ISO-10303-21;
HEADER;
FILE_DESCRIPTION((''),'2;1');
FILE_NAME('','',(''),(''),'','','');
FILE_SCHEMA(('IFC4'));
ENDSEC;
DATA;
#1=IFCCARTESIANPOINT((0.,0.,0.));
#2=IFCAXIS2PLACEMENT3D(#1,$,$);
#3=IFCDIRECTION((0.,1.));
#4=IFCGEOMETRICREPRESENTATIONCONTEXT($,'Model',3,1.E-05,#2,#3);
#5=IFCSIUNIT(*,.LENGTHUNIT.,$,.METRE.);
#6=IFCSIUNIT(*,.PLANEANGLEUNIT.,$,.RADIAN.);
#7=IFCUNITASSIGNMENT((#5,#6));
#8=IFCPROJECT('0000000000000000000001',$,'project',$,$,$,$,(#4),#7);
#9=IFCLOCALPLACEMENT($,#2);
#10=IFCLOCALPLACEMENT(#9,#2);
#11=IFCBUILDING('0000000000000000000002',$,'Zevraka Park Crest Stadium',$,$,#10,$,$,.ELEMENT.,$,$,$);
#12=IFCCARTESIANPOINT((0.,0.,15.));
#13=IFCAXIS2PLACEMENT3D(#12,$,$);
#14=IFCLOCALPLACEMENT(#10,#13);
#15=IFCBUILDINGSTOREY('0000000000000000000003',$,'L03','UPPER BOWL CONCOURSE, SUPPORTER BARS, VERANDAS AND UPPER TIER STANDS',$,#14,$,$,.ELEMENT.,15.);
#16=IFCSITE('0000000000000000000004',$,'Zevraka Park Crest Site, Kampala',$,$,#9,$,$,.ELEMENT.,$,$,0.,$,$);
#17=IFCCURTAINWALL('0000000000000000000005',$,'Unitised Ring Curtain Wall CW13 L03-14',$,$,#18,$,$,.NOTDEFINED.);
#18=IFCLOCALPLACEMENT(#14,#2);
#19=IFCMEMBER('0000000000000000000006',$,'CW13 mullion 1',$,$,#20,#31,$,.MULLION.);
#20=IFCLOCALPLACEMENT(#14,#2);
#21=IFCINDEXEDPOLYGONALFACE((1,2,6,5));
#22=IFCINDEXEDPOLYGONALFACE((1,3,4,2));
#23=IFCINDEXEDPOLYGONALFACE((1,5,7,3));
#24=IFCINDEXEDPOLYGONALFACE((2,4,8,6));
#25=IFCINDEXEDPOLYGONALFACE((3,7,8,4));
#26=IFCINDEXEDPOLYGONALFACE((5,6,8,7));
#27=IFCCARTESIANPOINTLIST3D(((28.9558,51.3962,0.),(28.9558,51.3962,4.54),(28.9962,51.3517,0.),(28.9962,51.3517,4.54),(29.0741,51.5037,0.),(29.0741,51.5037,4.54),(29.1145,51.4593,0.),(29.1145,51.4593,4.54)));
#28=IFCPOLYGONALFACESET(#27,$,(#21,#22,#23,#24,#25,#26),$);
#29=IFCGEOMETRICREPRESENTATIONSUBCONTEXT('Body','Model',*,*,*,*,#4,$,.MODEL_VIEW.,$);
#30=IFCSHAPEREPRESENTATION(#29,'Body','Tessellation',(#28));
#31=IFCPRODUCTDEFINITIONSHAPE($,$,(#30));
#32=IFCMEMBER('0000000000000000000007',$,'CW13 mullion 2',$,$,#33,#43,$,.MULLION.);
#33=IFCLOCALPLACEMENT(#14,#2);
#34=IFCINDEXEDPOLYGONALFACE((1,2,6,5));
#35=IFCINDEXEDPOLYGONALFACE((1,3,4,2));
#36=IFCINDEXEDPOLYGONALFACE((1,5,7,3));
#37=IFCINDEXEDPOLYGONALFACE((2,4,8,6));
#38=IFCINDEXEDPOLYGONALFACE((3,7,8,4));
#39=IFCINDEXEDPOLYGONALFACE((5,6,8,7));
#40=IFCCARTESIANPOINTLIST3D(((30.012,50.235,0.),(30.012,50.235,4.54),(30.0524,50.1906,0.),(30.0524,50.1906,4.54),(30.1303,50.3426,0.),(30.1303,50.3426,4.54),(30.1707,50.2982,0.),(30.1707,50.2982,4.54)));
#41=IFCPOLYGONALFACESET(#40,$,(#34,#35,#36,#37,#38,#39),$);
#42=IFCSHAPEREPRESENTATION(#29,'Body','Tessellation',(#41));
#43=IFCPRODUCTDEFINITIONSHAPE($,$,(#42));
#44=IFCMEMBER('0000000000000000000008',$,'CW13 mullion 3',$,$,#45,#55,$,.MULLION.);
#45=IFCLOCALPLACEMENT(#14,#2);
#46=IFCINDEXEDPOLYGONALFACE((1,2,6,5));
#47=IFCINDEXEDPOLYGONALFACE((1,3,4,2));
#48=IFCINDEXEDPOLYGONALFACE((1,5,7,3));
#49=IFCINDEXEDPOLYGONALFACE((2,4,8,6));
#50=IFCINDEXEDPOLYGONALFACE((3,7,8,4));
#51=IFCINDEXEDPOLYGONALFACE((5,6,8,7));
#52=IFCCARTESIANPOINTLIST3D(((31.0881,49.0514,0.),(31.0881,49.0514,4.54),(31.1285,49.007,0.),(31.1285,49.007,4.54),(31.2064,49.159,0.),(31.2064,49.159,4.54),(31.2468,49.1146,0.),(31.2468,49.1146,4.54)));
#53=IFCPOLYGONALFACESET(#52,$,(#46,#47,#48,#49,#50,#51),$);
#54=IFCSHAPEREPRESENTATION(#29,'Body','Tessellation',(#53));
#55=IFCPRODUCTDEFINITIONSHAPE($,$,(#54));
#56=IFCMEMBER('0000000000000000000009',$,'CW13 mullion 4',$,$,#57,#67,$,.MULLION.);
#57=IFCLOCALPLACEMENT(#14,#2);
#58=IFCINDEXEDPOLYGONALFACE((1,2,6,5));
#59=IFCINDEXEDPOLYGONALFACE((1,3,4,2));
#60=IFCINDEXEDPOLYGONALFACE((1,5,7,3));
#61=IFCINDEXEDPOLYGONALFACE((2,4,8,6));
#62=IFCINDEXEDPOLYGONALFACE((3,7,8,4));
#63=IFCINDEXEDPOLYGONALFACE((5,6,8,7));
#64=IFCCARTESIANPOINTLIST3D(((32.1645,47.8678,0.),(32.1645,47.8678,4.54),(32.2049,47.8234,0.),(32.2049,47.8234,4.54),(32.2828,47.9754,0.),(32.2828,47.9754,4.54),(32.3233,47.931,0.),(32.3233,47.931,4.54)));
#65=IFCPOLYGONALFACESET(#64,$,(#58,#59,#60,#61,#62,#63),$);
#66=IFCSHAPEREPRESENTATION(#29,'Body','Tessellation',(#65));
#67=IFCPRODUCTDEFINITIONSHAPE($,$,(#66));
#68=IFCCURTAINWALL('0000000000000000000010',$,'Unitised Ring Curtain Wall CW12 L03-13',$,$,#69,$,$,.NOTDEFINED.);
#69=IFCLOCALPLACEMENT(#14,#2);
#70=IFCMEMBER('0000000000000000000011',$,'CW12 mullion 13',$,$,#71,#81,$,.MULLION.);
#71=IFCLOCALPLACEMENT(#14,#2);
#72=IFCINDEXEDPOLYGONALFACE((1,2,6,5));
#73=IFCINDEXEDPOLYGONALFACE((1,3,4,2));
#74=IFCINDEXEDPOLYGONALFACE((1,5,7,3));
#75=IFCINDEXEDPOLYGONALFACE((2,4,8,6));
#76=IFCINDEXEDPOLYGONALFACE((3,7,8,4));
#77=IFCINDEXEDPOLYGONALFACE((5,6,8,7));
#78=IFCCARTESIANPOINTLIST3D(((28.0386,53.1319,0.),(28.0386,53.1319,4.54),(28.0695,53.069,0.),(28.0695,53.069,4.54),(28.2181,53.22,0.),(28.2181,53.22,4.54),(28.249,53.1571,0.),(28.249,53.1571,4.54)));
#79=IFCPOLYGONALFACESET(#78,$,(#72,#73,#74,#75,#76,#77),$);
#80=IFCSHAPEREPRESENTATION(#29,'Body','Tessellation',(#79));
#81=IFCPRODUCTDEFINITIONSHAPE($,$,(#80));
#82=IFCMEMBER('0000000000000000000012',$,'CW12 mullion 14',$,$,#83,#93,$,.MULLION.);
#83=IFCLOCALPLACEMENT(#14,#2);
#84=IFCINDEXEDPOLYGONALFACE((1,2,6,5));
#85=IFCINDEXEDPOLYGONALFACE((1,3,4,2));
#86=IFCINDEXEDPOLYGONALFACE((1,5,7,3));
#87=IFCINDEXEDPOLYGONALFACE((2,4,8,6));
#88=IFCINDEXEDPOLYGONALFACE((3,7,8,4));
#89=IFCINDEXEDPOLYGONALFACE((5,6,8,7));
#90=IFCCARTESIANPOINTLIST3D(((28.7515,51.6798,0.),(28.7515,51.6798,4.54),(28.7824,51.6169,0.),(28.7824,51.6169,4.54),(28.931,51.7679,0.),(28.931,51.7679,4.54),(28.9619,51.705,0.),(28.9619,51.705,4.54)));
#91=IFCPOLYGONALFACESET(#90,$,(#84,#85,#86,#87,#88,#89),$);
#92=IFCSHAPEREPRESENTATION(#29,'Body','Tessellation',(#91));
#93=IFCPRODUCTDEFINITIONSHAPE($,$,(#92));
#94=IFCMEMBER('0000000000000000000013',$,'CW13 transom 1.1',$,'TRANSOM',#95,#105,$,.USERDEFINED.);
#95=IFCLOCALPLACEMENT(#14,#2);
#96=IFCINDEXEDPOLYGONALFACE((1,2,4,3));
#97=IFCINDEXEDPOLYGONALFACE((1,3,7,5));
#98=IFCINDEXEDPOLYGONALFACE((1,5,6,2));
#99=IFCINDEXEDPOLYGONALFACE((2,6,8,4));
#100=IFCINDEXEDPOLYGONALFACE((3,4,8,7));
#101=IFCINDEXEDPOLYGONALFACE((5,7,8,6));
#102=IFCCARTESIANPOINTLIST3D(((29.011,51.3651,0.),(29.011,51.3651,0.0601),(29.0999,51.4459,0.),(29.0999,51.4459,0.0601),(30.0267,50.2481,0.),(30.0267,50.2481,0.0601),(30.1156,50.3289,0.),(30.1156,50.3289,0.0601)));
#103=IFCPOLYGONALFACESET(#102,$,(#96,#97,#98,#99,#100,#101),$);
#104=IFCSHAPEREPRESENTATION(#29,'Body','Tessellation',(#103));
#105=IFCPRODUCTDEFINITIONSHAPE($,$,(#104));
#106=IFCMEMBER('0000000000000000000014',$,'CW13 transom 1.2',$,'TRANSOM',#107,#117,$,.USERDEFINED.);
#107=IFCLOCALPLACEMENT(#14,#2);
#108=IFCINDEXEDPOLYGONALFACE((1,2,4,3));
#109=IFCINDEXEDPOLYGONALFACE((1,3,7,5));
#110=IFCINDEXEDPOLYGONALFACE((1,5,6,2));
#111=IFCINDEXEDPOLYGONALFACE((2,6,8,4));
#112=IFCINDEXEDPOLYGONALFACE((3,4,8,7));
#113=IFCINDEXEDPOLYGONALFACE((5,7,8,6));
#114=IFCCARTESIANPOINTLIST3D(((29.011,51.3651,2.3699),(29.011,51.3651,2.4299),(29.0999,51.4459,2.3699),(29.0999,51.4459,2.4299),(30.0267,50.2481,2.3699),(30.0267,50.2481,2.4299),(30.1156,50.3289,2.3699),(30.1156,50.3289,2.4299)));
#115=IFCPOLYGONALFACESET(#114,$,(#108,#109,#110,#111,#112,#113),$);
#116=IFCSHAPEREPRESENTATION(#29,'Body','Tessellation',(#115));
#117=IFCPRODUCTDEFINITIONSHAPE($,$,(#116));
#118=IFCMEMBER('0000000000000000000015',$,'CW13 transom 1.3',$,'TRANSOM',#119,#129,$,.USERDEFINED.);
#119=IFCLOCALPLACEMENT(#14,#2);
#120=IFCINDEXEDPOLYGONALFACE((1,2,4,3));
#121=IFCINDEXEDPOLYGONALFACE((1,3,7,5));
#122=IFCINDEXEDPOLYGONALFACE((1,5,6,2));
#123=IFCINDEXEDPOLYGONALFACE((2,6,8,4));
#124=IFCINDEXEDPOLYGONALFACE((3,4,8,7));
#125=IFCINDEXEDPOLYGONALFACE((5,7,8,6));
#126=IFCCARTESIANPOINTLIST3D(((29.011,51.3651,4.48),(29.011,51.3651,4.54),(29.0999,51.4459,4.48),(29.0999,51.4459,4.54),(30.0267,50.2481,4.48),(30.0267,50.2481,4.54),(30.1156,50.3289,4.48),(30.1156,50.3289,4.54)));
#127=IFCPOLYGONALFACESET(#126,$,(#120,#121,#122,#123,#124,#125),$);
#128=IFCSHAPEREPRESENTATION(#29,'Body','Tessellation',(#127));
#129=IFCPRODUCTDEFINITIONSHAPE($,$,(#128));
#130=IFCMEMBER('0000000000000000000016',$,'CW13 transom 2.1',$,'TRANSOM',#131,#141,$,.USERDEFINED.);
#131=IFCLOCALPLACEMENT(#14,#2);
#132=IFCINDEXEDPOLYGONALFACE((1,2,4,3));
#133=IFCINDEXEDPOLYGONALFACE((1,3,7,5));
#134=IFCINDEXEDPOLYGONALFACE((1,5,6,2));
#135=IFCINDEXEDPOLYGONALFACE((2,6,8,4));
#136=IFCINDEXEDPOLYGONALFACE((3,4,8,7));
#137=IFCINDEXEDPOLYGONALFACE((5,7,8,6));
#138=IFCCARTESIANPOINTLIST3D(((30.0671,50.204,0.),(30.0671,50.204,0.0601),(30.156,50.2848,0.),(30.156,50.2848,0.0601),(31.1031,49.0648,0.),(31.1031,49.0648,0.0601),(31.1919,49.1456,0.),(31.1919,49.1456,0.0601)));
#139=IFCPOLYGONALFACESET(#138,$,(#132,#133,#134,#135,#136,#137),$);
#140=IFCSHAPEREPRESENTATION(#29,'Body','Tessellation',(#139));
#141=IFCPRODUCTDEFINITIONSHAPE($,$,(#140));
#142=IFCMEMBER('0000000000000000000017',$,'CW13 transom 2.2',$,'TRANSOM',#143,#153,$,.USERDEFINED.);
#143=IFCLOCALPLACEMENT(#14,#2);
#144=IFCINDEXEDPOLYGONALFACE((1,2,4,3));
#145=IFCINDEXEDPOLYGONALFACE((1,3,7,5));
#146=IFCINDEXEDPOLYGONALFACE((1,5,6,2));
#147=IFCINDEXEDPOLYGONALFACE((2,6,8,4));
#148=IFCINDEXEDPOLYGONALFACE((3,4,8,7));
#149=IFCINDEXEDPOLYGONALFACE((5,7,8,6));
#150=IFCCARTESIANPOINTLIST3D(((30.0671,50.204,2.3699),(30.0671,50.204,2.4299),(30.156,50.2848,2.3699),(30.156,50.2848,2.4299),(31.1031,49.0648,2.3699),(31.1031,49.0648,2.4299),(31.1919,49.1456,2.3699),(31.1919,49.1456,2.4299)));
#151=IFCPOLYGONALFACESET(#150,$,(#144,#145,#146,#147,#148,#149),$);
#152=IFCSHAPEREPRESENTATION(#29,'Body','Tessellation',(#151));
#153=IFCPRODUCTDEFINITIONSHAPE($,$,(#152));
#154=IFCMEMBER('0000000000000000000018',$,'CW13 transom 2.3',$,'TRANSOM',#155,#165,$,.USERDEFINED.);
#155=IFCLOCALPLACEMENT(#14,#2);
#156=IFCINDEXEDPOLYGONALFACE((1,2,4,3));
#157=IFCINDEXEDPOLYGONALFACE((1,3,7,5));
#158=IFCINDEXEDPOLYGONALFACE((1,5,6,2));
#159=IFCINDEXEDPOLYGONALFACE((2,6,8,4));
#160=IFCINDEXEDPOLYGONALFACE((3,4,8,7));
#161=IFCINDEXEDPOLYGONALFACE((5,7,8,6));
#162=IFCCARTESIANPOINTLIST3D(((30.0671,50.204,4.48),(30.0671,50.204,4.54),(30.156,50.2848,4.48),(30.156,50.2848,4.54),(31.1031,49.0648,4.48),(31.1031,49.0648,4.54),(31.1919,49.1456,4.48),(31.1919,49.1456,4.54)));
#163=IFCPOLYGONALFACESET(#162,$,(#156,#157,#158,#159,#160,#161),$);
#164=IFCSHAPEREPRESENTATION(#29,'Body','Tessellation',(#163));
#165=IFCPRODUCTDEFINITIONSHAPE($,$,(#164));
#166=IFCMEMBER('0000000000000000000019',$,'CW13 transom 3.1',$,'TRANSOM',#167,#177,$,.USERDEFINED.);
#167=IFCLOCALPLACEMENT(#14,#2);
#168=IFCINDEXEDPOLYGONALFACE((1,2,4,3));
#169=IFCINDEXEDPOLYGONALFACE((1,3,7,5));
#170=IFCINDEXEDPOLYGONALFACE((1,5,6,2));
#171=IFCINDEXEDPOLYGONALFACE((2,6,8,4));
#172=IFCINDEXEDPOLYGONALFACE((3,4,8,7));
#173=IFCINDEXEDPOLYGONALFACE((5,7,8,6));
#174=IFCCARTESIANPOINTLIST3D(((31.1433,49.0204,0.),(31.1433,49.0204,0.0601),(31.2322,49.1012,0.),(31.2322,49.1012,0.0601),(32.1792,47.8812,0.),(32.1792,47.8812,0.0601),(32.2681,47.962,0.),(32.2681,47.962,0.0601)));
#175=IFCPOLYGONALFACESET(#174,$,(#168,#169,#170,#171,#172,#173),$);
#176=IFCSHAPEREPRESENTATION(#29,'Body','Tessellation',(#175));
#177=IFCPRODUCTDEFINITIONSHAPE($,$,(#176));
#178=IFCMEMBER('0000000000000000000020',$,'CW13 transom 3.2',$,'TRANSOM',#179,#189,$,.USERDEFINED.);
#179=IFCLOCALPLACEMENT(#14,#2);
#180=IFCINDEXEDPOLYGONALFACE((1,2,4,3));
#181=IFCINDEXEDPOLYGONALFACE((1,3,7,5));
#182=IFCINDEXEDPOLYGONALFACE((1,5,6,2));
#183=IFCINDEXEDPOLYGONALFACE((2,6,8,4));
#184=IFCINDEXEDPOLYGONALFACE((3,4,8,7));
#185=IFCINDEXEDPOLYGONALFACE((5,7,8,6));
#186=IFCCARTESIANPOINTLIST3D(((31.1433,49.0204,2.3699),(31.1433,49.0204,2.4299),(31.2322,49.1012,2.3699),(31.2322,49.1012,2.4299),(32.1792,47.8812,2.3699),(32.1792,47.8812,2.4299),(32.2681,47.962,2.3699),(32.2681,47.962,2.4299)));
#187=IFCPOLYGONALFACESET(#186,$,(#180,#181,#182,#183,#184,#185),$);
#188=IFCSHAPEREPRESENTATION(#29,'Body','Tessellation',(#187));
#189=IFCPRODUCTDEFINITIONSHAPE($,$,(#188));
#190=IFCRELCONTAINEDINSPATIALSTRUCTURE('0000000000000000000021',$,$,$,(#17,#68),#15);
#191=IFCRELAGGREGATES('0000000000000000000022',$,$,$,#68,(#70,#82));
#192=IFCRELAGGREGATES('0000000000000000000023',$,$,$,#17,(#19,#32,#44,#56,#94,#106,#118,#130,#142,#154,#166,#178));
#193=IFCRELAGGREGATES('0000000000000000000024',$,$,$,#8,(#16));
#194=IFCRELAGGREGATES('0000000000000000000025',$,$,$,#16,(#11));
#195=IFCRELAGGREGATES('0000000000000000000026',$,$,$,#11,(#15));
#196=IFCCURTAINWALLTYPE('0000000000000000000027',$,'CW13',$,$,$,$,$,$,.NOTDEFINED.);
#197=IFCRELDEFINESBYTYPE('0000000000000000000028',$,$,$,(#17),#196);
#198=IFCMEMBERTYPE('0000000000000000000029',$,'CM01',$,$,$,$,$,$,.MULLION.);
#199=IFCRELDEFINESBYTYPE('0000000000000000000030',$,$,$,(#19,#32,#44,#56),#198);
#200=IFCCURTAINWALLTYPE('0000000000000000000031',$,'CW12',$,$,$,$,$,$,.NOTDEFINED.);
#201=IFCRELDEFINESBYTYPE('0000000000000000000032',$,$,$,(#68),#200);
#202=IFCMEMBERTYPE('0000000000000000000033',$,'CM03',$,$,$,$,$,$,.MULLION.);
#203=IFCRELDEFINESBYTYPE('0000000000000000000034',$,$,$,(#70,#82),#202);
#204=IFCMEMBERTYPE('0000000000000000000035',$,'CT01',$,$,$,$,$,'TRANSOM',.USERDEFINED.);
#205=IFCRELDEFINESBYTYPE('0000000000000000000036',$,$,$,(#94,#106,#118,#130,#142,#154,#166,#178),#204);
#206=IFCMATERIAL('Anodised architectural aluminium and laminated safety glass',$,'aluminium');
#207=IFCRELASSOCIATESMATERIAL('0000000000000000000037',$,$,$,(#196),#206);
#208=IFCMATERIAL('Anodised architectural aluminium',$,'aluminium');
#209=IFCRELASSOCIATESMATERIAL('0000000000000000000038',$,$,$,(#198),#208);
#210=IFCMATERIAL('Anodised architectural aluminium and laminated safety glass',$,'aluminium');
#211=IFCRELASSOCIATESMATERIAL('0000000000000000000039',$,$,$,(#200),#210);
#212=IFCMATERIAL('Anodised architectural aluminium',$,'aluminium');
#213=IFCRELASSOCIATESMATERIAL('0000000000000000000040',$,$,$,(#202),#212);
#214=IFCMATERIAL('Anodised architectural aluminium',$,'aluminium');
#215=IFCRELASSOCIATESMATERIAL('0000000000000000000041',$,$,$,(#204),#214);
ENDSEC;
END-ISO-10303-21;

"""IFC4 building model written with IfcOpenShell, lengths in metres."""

from ifc_helpers import new_model, si_unit, direction, frame, origin, origin_2d, place, context, subcontext, project, spatial, rectangle, extrude, material, material_profile, profile_set, type_object, element, aggregate, save


model = new_model("IFC4")

# Units and contexts
model_context = context("Model", 3, precision=1e-05, world=origin(), true_north=direction((0.0, 1.0)))
body_context = subcontext(model_context, "Body", "Model", "MODEL_VIEW")
ifc_project = project(units=[si_unit("LENGTHUNIT", "METRE"), si_unit("PLANEANGLEUNIT", "RADIAN")], contexts=[model_context])

# Site, building, storey
site_placement = place(None, origin())
site = spatial("IfcSite", under=ifc_project, at=site_placement, Name="Zevraka Park Crest Site, Kampala", CompositionType="ELEMENT", RefElevation=0.0)
building_placement = place(site_placement, origin())
building = spatial("IfcBuilding", under=site, at=building_placement, Name="Zevraka Park Crest Stadium", CompositionType="ELEMENT")
storey_placement = place(building_placement, frame((0.0, 0.0, 15.0)))
storey = spatial("IfcBuildingStorey", under=building, at=storey_placement, Name="L03", Description="UPPER BOWL CONCOURSE, SUPPORTER BARS, VERANDAS AND UPPER TIER STANDS", CompositionType="ELEMENT", Elevation=15.0)

# Curtain walls, members
ifc_material_1 = material(Name="Anodised architectural aluminium and laminated safety glass", Category="aluminium")
curtain_wall_type_1 = type_object("IfcCurtainWallType", Name="CW13", PredefinedType="NOTDEFINED", material=ifc_material_1)
curtain_wall_1_placement = place(storey_placement, origin())
curtain_wall_1 = element("IfcCurtainWall", 1, at=curtain_wall_1_placement, inside=storey, type_object=curtain_wall_type_1, Name="Unitised Ring Curtain Wall CW13 L03-14", PredefinedType="NOTDEFINED")
ifc_material_2 = material(Name="Anodised architectural aluminium", Category="aluminium")
ifc_material_profile_1 = material_profile(ifc_material_2, rectangle(XDim=0.1599, YDim=0.0601, at=origin_2d()), Name="ALU MULLION 160x60")
ifc_profile_set_1 = profile_set([ifc_material_profile_1], Name="Anodised architectural aluminium")
member_type_1 = type_object("IfcMemberType", Name="CM01", PredefinedType="MULLION", material=ifc_profile_set_1)
member_1_placement = place(storey_placement, frame((29.0352, 51.4277, 0.0), z_axis=(0.0, 0.0, 1.0), x_axis=(0.739823, 0.672802, 0.0)))
member_1 = element("IfcMember", 2, at=member_1_placement, type_object=member_type_1, Name="CW13 mullion 1", PredefinedType="MULLION", context=body_context, shape_type="SweptSolid", body=[
    extrude(rectangle(XDim=0.1599, YDim=0.0601, at=origin_2d()), origin(), (0.0, 0.0, 1.0), 4.54),
])
member_2_placement = place(storey_placement, frame((30.0913, 50.2666, 0.0), z_axis=(0.0, 0.0, 1.0), x_axis=(0.739823, 0.672802, 0.0)))
member_2 = element("IfcMember", 3, at=member_2_placement, type_object=member_type_1, Name="CW13 mullion 2", PredefinedType="MULLION", context=body_context, shape_type="SweptSolid", body=[
    extrude(rectangle(XDim=0.1599, YDim=0.0601, at=origin_2d()), origin(), (0.0, 0.0, 1.0), 4.54),
])
member_3_placement = place(storey_placement, frame((31.1675, 49.083, 0.0), z_axis=(0.0, 0.0, 1.0), x_axis=(0.739823, 0.672802, 0.0)))
member_3 = element("IfcMember", 4, at=member_3_placement, type_object=member_type_1, Name="CW13 mullion 3", PredefinedType="MULLION", context=body_context, shape_type="SweptSolid", body=[
    extrude(rectangle(XDim=0.1599, YDim=0.0601, at=origin_2d()), origin(), (0.0, 0.0, 1.0), 4.54),
])
member_4_placement = place(storey_placement, frame((32.2439, 47.8994, 0.0), z_axis=(0.0, 0.0, 1.0), x_axis=(0.739823, 0.672802, 0.0)))
member_4 = element("IfcMember", 5, at=member_4_placement, type_object=member_type_1, Name="CW13 mullion 4", PredefinedType="MULLION", context=body_context, shape_type="SweptSolid", body=[
    extrude(rectangle(XDim=0.1599, YDim=0.0601, at=origin_2d()), origin(), (0.0, 0.0, 1.0), 4.54),
])
ifc_material_3 = material(Name="Anodised architectural aluminium and laminated safety glass", Category="aluminium")
curtain_wall_type_2 = type_object("IfcCurtainWallType", Name="CW12", PredefinedType="NOTDEFINED", material=ifc_material_3)
curtain_wall_2_placement = place(storey_placement, origin())
curtain_wall_2 = element("IfcCurtainWall", 6, at=curtain_wall_2_placement, inside=storey, type_object=curtain_wall_type_2, Name="Unitised Ring Curtain Wall CW12 L03-13", PredefinedType="NOTDEFINED")
ifc_material_4 = material(Name="Anodised architectural aluminium", Category="aluminium")
ifc_material_profile_2 = material_profile(ifc_material_4, rectangle(XDim=0.2, YDim=0.0701, at=origin_2d()), Name="ALU MULLION 200x70")
ifc_profile_set_2 = profile_set([ifc_material_profile_2], Name="Anodised architectural aluminium")
member_type_2 = type_object("IfcMemberType", Name="CM03", PredefinedType="MULLION", material=ifc_profile_set_2)
member_5_placement = place(storey_placement, frame((28.1438, 53.1445, 0.0), z_axis=(0.0, 0.0, 1.0), x_axis=(0.897671, 0.440666, 0.0)))
member_5 = element("IfcMember", 7, at=member_5_placement, type_object=member_type_2, Name="CW12 mullion 13", PredefinedType="MULLION", context=body_context, shape_type="SweptSolid", body=[
    extrude(rectangle(XDim=0.2, YDim=0.0701, at=origin_2d()), origin(), (0.0, 0.0, 1.0), 4.54),
])
member_6_placement = place(storey_placement, frame((28.8567, 51.6924, 0.0), z_axis=(0.0, 0.0, 1.0), x_axis=(0.897671, 0.440666, 0.0)))
member_6 = element("IfcMember", 8, at=member_6_placement, type_object=member_type_2, Name="CW12 mullion 14", PredefinedType="MULLION", context=body_context, shape_type="SweptSolid", body=[
    extrude(rectangle(XDim=0.2, YDim=0.0701, at=origin_2d()), origin(), (0.0, 0.0, 1.0), 4.54),
])

# Members
ifc_material_5 = material(Name="Anodised architectural aluminium", Category="aluminium")
ifc_material_profile_3 = material_profile(ifc_material_5, rectangle(XDim=0.1201, YDim=0.0601, at=origin_2d()), Name="ALU TRANSOM 120x60")
ifc_profile_set_3 = profile_set([ifc_material_profile_3], Name="Anodised architectural aluminium")
member_type_3 = type_object("IfcMemberType", Name="CT01", ElementType="TRANSOM", PredefinedType="USERDEFINED", material=ifc_profile_set_3)
member_7_placement = place(storey_placement, frame((29.0554, 51.4055, 0.03), z_axis=(0.672753, -0.739867, 0.0), x_axis=(0.739867, 0.672753, 0.0)))
member_7 = element("IfcMember", 9, at=member_7_placement, type_object=member_type_3, Name="CW13 transom 1.1", ObjectType="TRANSOM", PredefinedType="USERDEFINED", context=body_context, shape_type="SweptSolid", body=[
    extrude(rectangle(XDim=0.1201, YDim=0.0601, at=origin_2d()), origin(), (0.0, 0.0, 1.0), 1.5098),
])
member_8_placement = place(storey_placement, frame((29.0554, 51.4055, 2.3999), z_axis=(0.672753, -0.739867, 0.0), x_axis=(0.739867, 0.672753, 0.0)))
member_8 = element("IfcMember", 10, at=member_8_placement, type_object=member_type_3, Name="CW13 transom 1.2", ObjectType="TRANSOM", PredefinedType="USERDEFINED", context=body_context, shape_type="SweptSolid", body=[
    extrude(rectangle(XDim=0.1201, YDim=0.0601, at=origin_2d()), origin(), (0.0, 0.0, 1.0), 1.5098),
])
member_9_placement = place(storey_placement, frame((29.0554, 51.4055, 4.51), z_axis=(0.672753, -0.739867, 0.0), x_axis=(0.739867, 0.672753, 0.0)))
member_9 = element("IfcMember", 11, at=member_9_placement, type_object=member_type_3, Name="CW13 transom 1.3", ObjectType="TRANSOM", PredefinedType="USERDEFINED", context=body_context, shape_type="SweptSolid", body=[
    extrude(rectangle(XDim=0.1201, YDim=0.0601, at=origin_2d()), origin(), (0.0, 0.0, 1.0), 1.5098),
])
member_10_placement = place(storey_placement, frame((30.1116, 50.2444, 0.03), z_axis=(0.672775, -0.739847, 0.0), x_axis=(0.739847, 0.672775, 0.0)))
member_10 = element("IfcMember", 12, at=member_10_placement, type_object=member_type_3, Name="CW13 transom 2.1", ObjectType="TRANSOM", PredefinedType="USERDEFINED", context=body_context, shape_type="SweptSolid", body=[
    extrude(rectangle(XDim=0.1201, YDim=0.0601, at=origin_2d()), origin(), (0.0, 0.0, 1.0), 1.5398),
])
member_11_placement = place(storey_placement, frame((30.1116, 50.2444, 2.3999), z_axis=(0.672775, -0.739847, 0.0), x_axis=(0.739847, 0.672775, 0.0)))
member_11 = element("IfcMember", 13, at=member_11_placement, type_object=member_type_3, Name="CW13 transom 2.2", ObjectType="TRANSOM", PredefinedType="USERDEFINED", context=body_context, shape_type="SweptSolid", body=[
    extrude(rectangle(XDim=0.1201, YDim=0.0601, at=origin_2d()), origin(), (0.0, 0.0, 1.0), 1.5398),
])
member_12_placement = place(storey_placement, frame((30.1116, 50.2444, 4.51), z_axis=(0.672775, -0.739847, 0.0), x_axis=(0.739847, 0.672775, 0.0)))
member_12 = element("IfcMember", 14, at=member_12_placement, type_object=member_type_3, Name="CW13 transom 2.3", ObjectType="TRANSOM", PredefinedType="USERDEFINED", context=body_context, shape_type="SweptSolid", body=[
    extrude(rectangle(XDim=0.1201, YDim=0.0601, at=origin_2d()), origin(), (0.0, 0.0, 1.0), 1.5398),
])
member_13_placement = place(storey_placement, frame((31.1877, 49.0608, 0.03), z_axis=(0.672775, -0.739847, 0.0), x_axis=(0.739847, 0.672775, 0.0)))
member_13 = element("IfcMember", 15, at=member_13_placement, type_object=member_type_3, Name="CW13 transom 3.1", ObjectType="TRANSOM", PredefinedType="USERDEFINED", context=body_context, shape_type="SweptSolid", body=[
    extrude(rectangle(XDim=0.1201, YDim=0.0601, at=origin_2d()), origin(), (0.0, 0.0, 1.0), 1.5398),
])
member_14_placement = place(storey_placement, frame((31.1877, 49.0608, 2.3999), z_axis=(0.672775, -0.739847, 0.0), x_axis=(0.739847, 0.672775, 0.0)))
member_14 = element("IfcMember", 16, at=member_14_placement, type_object=member_type_3, Name="CW13 transom 3.2", ObjectType="TRANSOM", PredefinedType="USERDEFINED", context=body_context, shape_type="SweptSolid", body=[
    extrude(rectangle(XDim=0.1201, YDim=0.0601, at=origin_2d()), origin(), (0.0, 0.0, 1.0), 1.5398),
])

aggregate(curtain_wall_2, [member_5, member_6])
aggregate(curtain_wall_1, [member_1, member_2, member_3, member_4, member_7, member_8, member_9, member_10, member_11, member_12, member_13, member_14])

save(model, "model.ifc")
